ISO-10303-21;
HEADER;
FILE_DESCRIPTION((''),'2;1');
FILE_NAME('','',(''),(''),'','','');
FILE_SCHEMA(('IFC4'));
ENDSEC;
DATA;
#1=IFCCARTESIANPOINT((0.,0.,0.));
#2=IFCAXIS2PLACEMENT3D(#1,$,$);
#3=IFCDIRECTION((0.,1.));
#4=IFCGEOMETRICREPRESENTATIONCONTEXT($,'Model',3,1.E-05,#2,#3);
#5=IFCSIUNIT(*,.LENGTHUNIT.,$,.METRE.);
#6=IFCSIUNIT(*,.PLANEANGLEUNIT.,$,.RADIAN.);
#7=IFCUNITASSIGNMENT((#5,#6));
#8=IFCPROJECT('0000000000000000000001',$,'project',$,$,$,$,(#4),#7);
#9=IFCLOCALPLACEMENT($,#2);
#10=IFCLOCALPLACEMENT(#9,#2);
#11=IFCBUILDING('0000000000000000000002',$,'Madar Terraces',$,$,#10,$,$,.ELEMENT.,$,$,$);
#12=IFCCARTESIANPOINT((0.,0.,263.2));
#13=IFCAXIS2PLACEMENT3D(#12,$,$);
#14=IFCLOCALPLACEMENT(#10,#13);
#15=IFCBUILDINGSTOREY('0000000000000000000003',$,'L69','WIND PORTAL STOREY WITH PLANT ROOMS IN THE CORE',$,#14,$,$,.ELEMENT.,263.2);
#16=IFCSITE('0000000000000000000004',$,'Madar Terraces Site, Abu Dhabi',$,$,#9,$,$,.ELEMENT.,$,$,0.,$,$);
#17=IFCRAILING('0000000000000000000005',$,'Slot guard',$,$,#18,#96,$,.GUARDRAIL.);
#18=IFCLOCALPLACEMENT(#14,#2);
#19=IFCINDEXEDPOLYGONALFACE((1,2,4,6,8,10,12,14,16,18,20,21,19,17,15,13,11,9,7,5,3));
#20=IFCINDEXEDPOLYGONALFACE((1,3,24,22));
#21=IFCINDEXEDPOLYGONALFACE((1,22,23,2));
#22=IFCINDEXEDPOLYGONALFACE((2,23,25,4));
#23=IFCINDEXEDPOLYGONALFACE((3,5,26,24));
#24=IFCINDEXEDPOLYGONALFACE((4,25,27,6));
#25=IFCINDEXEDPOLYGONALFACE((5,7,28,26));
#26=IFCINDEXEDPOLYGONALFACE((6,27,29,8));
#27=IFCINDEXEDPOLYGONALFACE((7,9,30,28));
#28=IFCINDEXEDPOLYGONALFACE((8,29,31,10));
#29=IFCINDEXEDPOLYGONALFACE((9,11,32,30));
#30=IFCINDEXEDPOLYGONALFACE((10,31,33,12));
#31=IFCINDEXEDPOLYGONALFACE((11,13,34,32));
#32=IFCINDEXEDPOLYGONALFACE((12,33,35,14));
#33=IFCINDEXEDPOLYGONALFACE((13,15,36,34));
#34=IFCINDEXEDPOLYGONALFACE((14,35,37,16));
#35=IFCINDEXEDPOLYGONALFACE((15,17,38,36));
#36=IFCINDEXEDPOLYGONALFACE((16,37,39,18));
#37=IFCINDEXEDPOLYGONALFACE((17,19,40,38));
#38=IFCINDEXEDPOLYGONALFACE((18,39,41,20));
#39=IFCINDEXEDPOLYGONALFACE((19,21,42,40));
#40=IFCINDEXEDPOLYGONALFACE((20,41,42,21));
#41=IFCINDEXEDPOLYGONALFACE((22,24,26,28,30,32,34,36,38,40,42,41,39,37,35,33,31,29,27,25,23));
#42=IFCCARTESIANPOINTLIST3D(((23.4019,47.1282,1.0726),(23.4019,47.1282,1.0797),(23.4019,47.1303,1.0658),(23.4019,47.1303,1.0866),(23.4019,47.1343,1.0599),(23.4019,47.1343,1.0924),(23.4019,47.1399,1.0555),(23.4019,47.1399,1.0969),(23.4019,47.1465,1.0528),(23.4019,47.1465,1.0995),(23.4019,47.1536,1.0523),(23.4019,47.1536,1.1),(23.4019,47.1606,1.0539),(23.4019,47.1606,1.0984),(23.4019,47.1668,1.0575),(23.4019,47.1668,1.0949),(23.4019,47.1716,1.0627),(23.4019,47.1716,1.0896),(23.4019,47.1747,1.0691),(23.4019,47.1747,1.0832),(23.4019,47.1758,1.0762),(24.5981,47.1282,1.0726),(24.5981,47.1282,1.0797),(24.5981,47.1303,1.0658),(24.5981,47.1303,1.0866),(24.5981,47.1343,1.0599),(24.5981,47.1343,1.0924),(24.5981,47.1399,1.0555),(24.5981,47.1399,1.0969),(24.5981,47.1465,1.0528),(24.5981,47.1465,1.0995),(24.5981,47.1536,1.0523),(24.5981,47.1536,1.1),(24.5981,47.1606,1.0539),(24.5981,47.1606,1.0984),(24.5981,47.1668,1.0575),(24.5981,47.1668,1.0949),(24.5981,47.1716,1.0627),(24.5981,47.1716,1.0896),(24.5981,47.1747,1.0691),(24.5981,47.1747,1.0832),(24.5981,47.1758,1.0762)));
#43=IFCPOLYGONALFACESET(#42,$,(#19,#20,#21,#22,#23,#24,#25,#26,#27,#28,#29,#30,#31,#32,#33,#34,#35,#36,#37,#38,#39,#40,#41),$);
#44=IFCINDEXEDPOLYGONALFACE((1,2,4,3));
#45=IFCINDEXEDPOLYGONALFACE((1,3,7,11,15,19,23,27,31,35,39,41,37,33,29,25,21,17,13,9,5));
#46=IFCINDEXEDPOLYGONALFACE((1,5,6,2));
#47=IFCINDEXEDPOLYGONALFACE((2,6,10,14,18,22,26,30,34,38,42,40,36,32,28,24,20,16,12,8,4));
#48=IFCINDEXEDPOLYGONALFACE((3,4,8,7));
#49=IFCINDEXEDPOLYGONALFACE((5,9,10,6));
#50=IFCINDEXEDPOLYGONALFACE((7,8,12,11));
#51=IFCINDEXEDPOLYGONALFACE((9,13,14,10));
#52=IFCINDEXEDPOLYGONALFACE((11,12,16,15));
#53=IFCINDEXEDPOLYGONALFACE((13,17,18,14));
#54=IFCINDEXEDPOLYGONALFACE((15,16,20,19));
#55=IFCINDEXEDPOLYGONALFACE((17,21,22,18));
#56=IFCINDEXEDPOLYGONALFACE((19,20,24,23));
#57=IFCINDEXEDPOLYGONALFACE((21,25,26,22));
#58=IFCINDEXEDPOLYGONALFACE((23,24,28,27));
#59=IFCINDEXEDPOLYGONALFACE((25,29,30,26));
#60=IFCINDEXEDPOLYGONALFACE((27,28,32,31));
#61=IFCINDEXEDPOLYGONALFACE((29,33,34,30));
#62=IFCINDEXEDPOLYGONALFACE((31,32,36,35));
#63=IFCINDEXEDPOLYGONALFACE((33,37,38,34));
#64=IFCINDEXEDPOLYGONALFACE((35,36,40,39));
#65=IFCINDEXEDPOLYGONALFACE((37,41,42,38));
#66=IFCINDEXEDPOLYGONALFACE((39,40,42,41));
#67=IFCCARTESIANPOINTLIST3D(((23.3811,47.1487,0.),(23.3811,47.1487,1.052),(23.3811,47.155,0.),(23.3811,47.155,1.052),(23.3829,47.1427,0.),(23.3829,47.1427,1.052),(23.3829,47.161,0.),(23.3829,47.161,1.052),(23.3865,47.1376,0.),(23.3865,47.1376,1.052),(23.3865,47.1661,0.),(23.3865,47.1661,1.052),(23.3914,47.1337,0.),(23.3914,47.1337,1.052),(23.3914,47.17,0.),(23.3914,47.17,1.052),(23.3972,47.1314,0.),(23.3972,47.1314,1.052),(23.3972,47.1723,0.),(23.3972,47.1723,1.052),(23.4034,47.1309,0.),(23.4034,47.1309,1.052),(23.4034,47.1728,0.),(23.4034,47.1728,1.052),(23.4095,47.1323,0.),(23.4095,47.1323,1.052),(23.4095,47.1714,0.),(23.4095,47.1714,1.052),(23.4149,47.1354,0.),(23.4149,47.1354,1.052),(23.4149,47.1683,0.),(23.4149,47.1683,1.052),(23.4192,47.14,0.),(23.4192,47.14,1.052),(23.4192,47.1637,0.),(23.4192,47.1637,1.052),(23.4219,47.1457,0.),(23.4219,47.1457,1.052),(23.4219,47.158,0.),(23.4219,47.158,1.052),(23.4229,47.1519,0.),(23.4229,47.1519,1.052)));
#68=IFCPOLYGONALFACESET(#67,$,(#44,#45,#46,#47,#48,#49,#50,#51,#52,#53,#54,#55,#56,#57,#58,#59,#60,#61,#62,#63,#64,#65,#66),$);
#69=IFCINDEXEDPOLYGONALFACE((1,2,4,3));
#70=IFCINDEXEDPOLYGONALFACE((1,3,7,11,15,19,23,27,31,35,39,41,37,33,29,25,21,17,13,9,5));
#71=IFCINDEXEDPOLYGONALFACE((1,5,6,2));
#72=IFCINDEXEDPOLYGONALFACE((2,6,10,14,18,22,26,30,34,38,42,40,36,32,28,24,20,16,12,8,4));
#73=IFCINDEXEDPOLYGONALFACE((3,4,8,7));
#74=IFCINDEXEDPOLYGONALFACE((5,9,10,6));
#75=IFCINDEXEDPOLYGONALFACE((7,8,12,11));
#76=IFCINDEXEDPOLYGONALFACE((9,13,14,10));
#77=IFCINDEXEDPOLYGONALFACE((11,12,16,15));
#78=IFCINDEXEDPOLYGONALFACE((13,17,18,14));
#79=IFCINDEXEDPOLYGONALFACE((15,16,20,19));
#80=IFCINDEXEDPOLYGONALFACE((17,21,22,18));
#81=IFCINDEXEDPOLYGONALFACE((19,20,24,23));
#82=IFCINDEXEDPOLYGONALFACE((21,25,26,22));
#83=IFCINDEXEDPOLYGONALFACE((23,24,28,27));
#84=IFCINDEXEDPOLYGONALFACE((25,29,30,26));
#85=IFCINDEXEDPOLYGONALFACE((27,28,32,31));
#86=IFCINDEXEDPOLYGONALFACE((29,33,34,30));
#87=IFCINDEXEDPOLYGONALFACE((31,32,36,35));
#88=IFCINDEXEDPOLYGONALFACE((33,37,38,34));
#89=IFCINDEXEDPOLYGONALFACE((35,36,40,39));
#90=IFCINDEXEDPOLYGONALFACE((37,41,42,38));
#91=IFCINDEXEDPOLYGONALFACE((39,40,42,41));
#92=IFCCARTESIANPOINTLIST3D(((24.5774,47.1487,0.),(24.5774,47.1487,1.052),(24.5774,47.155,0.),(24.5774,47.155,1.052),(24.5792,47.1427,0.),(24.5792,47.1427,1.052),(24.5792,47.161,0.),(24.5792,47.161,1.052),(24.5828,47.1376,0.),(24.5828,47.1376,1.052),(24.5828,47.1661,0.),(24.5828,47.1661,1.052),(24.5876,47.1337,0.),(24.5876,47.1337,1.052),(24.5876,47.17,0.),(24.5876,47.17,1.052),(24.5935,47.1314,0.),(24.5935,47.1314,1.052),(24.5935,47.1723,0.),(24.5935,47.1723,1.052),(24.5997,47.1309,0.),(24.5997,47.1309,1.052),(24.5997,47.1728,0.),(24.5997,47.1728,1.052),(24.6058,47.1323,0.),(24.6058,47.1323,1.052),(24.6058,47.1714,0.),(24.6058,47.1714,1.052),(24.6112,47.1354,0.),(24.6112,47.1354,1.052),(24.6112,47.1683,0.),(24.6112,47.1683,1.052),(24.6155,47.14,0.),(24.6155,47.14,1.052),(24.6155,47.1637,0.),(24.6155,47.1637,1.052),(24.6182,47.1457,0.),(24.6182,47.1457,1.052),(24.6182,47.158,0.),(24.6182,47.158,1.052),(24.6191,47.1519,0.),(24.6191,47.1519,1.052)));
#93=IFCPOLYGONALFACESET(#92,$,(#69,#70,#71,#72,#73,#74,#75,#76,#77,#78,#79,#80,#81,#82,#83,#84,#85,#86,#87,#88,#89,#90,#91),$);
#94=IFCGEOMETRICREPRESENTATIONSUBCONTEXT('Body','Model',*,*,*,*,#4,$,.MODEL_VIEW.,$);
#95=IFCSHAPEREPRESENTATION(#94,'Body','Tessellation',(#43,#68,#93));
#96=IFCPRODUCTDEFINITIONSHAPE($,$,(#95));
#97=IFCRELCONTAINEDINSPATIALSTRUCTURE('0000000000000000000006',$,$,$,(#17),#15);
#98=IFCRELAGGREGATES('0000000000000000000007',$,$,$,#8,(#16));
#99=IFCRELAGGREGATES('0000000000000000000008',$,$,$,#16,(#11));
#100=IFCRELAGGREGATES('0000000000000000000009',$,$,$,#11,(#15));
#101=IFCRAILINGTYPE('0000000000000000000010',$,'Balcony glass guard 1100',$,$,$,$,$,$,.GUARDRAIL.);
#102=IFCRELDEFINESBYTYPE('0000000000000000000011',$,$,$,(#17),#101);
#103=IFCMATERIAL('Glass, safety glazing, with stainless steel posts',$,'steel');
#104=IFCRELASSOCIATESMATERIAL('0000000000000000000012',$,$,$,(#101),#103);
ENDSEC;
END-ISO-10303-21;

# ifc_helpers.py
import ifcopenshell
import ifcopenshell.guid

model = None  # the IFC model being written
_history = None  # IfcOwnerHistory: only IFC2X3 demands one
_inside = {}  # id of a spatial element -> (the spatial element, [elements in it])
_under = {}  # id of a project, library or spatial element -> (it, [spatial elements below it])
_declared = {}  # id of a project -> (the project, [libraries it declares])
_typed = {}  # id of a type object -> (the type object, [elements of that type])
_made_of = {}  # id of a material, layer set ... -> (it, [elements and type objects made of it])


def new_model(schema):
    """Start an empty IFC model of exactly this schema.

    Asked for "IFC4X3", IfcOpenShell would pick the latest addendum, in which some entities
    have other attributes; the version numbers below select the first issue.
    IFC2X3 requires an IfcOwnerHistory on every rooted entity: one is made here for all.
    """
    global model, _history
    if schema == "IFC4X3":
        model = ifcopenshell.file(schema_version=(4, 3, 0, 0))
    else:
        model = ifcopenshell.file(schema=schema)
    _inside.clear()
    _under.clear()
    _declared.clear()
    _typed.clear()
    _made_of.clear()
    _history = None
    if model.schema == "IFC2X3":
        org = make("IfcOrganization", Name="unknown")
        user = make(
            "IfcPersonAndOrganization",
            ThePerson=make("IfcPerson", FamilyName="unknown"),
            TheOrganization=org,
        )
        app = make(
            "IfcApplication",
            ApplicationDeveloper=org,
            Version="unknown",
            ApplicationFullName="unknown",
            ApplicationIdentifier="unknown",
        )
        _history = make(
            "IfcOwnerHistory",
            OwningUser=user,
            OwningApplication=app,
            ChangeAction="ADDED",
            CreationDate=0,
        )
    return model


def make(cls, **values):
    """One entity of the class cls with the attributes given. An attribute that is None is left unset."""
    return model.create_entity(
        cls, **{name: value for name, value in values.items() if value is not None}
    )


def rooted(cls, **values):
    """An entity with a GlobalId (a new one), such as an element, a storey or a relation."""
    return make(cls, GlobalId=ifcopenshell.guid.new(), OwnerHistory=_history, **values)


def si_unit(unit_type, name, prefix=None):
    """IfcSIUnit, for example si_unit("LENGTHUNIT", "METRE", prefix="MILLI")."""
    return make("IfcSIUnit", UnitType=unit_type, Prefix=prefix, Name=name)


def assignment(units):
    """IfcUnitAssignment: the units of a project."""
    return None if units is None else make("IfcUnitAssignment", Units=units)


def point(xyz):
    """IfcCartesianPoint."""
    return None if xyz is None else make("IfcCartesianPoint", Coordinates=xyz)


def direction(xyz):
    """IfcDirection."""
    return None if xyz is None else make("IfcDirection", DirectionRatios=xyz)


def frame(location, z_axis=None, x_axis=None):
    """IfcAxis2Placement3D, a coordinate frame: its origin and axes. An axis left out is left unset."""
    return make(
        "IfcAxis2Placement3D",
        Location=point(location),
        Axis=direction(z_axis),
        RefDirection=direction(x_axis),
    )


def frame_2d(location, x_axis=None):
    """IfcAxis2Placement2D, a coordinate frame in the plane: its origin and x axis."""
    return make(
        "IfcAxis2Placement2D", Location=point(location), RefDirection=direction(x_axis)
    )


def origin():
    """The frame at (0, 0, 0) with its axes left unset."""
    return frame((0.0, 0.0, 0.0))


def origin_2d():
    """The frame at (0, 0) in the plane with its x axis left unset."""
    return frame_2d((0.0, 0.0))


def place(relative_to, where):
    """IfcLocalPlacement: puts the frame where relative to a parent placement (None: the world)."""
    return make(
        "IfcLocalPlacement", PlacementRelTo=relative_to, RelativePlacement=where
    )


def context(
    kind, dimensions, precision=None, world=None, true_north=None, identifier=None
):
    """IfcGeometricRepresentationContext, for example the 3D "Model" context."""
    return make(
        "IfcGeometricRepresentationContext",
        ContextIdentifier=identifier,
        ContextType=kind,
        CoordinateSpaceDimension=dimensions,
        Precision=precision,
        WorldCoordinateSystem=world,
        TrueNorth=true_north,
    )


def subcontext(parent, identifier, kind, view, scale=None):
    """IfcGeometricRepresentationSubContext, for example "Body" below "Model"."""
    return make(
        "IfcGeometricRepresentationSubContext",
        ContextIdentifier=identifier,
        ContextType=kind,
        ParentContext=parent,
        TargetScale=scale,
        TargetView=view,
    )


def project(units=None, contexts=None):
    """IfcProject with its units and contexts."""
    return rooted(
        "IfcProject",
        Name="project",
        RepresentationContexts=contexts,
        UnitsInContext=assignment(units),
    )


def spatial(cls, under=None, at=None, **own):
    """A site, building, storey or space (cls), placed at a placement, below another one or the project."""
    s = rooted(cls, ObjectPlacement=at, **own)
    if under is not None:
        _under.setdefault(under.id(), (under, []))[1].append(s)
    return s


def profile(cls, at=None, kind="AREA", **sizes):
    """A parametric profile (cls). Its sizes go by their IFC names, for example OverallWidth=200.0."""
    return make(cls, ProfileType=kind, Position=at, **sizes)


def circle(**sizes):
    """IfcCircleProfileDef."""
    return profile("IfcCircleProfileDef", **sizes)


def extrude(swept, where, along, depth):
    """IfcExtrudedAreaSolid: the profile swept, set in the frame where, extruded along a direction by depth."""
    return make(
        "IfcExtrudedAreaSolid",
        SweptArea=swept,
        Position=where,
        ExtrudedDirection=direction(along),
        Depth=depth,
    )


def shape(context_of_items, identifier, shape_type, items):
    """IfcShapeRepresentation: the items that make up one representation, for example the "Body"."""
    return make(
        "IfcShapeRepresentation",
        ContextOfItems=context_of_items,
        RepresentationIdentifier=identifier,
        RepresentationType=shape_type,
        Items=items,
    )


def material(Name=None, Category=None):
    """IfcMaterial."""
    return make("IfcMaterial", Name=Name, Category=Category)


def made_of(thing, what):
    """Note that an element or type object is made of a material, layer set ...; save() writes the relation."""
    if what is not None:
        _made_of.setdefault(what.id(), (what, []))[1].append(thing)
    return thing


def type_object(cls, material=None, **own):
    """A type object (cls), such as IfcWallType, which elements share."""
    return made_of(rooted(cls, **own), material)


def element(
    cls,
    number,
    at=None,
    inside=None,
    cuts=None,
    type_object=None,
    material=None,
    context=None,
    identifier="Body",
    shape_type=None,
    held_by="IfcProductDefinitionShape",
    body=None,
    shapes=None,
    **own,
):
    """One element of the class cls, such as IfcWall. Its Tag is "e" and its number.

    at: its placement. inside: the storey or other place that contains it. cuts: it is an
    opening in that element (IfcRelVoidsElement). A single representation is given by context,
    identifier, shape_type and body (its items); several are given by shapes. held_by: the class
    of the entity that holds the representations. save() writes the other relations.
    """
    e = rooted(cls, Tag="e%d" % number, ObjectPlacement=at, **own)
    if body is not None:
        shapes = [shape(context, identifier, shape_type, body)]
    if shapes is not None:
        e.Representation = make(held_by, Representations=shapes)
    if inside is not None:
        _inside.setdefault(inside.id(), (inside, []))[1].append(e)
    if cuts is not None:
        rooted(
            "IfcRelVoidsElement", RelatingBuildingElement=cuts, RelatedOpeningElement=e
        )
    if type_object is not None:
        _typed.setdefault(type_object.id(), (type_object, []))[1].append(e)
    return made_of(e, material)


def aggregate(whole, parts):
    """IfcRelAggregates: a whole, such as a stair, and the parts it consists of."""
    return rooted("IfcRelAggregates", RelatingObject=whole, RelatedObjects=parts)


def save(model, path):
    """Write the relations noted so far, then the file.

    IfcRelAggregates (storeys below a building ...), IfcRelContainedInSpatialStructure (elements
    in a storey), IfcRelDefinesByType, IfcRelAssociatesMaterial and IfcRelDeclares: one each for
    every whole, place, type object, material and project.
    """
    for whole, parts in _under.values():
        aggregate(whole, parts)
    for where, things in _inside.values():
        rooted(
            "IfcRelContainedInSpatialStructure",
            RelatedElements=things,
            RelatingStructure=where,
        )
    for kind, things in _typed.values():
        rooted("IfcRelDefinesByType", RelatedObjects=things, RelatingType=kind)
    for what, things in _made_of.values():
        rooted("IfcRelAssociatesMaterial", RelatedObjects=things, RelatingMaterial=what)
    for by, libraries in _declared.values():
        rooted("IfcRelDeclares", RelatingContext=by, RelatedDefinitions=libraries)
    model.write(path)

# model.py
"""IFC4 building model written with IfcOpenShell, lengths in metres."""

from ifc_helpers import new_model, si_unit, direction, frame, origin, origin_2d, place, context, subcontext, project, spatial, circle, extrude, material, type_object, element, save


model = new_model("IFC4")

# Units and contexts
model_context = context("Model", 3, precision=1e-05, world=origin(), true_north=direction((0.0, 1.0)))
body_context = subcontext(model_context, "Body", "Model", "MODEL_VIEW")
ifc_project = project(units=[si_unit("LENGTHUNIT", "METRE"), si_unit("PLANEANGLEUNIT", "RADIAN")], contexts=[model_context])

# Site, building, storey
site_placement = place(None, origin())
site = spatial("IfcSite", under=ifc_project, at=site_placement, Name="Madar Terraces Site, Abu Dhabi", CompositionType="ELEMENT", RefElevation=0.0)
building_placement = place(site_placement, origin())
building = spatial("IfcBuilding", under=site, at=building_placement, Name="Madar Terraces", CompositionType="ELEMENT")
storey_placement = place(building_placement, frame((0.0, 0.0, 263.2)))
storey = spatial("IfcBuildingStorey", under=building, at=storey_placement, Name="L69", Description="WIND PORTAL STOREY WITH PLANT ROOMS IN THE CORE", CompositionType="ELEMENT", Elevation=263.2)

# Railing
ifc_material_1 = material(Name="Glass, safety glazing, with stainless steel posts", Category="steel")
railing_type = type_object("IfcRailingType", Name="Balcony glass guard 1100", PredefinedType="GUARDRAIL", material=ifc_material_1)
railing_1_placement = place(storey_placement, frame((23.4019, 47.1519, 0.0)))
element("IfcRailing", 1, at=railing_1_placement, inside=storey, type_object=railing_type, Name="Slot guard", PredefinedType="GUARDRAIL", context=body_context, shape_type="SweptSolid", body=[
    extrude(circle(Radius=0.0239, at=origin_2d()), frame((0.0, 0.0, 1.0762), z_axis=(1.0, 0.0, 0.0), x_axis=(0.0, 1.0, 0.0)), (0.0, 0.0, 1.0), 1.1963),
    extrude(circle(Radius=0.021, at=origin_2d()), origin(), (0.0, 0.0, 1.0), 1.052),
    extrude(circle(Radius=0.021, at=origin_2d()), frame((1.1963, 0.0, 0.0)), (0.0, 0.0, 1.0), 1.052),
])

save(model, "model.ifc")
